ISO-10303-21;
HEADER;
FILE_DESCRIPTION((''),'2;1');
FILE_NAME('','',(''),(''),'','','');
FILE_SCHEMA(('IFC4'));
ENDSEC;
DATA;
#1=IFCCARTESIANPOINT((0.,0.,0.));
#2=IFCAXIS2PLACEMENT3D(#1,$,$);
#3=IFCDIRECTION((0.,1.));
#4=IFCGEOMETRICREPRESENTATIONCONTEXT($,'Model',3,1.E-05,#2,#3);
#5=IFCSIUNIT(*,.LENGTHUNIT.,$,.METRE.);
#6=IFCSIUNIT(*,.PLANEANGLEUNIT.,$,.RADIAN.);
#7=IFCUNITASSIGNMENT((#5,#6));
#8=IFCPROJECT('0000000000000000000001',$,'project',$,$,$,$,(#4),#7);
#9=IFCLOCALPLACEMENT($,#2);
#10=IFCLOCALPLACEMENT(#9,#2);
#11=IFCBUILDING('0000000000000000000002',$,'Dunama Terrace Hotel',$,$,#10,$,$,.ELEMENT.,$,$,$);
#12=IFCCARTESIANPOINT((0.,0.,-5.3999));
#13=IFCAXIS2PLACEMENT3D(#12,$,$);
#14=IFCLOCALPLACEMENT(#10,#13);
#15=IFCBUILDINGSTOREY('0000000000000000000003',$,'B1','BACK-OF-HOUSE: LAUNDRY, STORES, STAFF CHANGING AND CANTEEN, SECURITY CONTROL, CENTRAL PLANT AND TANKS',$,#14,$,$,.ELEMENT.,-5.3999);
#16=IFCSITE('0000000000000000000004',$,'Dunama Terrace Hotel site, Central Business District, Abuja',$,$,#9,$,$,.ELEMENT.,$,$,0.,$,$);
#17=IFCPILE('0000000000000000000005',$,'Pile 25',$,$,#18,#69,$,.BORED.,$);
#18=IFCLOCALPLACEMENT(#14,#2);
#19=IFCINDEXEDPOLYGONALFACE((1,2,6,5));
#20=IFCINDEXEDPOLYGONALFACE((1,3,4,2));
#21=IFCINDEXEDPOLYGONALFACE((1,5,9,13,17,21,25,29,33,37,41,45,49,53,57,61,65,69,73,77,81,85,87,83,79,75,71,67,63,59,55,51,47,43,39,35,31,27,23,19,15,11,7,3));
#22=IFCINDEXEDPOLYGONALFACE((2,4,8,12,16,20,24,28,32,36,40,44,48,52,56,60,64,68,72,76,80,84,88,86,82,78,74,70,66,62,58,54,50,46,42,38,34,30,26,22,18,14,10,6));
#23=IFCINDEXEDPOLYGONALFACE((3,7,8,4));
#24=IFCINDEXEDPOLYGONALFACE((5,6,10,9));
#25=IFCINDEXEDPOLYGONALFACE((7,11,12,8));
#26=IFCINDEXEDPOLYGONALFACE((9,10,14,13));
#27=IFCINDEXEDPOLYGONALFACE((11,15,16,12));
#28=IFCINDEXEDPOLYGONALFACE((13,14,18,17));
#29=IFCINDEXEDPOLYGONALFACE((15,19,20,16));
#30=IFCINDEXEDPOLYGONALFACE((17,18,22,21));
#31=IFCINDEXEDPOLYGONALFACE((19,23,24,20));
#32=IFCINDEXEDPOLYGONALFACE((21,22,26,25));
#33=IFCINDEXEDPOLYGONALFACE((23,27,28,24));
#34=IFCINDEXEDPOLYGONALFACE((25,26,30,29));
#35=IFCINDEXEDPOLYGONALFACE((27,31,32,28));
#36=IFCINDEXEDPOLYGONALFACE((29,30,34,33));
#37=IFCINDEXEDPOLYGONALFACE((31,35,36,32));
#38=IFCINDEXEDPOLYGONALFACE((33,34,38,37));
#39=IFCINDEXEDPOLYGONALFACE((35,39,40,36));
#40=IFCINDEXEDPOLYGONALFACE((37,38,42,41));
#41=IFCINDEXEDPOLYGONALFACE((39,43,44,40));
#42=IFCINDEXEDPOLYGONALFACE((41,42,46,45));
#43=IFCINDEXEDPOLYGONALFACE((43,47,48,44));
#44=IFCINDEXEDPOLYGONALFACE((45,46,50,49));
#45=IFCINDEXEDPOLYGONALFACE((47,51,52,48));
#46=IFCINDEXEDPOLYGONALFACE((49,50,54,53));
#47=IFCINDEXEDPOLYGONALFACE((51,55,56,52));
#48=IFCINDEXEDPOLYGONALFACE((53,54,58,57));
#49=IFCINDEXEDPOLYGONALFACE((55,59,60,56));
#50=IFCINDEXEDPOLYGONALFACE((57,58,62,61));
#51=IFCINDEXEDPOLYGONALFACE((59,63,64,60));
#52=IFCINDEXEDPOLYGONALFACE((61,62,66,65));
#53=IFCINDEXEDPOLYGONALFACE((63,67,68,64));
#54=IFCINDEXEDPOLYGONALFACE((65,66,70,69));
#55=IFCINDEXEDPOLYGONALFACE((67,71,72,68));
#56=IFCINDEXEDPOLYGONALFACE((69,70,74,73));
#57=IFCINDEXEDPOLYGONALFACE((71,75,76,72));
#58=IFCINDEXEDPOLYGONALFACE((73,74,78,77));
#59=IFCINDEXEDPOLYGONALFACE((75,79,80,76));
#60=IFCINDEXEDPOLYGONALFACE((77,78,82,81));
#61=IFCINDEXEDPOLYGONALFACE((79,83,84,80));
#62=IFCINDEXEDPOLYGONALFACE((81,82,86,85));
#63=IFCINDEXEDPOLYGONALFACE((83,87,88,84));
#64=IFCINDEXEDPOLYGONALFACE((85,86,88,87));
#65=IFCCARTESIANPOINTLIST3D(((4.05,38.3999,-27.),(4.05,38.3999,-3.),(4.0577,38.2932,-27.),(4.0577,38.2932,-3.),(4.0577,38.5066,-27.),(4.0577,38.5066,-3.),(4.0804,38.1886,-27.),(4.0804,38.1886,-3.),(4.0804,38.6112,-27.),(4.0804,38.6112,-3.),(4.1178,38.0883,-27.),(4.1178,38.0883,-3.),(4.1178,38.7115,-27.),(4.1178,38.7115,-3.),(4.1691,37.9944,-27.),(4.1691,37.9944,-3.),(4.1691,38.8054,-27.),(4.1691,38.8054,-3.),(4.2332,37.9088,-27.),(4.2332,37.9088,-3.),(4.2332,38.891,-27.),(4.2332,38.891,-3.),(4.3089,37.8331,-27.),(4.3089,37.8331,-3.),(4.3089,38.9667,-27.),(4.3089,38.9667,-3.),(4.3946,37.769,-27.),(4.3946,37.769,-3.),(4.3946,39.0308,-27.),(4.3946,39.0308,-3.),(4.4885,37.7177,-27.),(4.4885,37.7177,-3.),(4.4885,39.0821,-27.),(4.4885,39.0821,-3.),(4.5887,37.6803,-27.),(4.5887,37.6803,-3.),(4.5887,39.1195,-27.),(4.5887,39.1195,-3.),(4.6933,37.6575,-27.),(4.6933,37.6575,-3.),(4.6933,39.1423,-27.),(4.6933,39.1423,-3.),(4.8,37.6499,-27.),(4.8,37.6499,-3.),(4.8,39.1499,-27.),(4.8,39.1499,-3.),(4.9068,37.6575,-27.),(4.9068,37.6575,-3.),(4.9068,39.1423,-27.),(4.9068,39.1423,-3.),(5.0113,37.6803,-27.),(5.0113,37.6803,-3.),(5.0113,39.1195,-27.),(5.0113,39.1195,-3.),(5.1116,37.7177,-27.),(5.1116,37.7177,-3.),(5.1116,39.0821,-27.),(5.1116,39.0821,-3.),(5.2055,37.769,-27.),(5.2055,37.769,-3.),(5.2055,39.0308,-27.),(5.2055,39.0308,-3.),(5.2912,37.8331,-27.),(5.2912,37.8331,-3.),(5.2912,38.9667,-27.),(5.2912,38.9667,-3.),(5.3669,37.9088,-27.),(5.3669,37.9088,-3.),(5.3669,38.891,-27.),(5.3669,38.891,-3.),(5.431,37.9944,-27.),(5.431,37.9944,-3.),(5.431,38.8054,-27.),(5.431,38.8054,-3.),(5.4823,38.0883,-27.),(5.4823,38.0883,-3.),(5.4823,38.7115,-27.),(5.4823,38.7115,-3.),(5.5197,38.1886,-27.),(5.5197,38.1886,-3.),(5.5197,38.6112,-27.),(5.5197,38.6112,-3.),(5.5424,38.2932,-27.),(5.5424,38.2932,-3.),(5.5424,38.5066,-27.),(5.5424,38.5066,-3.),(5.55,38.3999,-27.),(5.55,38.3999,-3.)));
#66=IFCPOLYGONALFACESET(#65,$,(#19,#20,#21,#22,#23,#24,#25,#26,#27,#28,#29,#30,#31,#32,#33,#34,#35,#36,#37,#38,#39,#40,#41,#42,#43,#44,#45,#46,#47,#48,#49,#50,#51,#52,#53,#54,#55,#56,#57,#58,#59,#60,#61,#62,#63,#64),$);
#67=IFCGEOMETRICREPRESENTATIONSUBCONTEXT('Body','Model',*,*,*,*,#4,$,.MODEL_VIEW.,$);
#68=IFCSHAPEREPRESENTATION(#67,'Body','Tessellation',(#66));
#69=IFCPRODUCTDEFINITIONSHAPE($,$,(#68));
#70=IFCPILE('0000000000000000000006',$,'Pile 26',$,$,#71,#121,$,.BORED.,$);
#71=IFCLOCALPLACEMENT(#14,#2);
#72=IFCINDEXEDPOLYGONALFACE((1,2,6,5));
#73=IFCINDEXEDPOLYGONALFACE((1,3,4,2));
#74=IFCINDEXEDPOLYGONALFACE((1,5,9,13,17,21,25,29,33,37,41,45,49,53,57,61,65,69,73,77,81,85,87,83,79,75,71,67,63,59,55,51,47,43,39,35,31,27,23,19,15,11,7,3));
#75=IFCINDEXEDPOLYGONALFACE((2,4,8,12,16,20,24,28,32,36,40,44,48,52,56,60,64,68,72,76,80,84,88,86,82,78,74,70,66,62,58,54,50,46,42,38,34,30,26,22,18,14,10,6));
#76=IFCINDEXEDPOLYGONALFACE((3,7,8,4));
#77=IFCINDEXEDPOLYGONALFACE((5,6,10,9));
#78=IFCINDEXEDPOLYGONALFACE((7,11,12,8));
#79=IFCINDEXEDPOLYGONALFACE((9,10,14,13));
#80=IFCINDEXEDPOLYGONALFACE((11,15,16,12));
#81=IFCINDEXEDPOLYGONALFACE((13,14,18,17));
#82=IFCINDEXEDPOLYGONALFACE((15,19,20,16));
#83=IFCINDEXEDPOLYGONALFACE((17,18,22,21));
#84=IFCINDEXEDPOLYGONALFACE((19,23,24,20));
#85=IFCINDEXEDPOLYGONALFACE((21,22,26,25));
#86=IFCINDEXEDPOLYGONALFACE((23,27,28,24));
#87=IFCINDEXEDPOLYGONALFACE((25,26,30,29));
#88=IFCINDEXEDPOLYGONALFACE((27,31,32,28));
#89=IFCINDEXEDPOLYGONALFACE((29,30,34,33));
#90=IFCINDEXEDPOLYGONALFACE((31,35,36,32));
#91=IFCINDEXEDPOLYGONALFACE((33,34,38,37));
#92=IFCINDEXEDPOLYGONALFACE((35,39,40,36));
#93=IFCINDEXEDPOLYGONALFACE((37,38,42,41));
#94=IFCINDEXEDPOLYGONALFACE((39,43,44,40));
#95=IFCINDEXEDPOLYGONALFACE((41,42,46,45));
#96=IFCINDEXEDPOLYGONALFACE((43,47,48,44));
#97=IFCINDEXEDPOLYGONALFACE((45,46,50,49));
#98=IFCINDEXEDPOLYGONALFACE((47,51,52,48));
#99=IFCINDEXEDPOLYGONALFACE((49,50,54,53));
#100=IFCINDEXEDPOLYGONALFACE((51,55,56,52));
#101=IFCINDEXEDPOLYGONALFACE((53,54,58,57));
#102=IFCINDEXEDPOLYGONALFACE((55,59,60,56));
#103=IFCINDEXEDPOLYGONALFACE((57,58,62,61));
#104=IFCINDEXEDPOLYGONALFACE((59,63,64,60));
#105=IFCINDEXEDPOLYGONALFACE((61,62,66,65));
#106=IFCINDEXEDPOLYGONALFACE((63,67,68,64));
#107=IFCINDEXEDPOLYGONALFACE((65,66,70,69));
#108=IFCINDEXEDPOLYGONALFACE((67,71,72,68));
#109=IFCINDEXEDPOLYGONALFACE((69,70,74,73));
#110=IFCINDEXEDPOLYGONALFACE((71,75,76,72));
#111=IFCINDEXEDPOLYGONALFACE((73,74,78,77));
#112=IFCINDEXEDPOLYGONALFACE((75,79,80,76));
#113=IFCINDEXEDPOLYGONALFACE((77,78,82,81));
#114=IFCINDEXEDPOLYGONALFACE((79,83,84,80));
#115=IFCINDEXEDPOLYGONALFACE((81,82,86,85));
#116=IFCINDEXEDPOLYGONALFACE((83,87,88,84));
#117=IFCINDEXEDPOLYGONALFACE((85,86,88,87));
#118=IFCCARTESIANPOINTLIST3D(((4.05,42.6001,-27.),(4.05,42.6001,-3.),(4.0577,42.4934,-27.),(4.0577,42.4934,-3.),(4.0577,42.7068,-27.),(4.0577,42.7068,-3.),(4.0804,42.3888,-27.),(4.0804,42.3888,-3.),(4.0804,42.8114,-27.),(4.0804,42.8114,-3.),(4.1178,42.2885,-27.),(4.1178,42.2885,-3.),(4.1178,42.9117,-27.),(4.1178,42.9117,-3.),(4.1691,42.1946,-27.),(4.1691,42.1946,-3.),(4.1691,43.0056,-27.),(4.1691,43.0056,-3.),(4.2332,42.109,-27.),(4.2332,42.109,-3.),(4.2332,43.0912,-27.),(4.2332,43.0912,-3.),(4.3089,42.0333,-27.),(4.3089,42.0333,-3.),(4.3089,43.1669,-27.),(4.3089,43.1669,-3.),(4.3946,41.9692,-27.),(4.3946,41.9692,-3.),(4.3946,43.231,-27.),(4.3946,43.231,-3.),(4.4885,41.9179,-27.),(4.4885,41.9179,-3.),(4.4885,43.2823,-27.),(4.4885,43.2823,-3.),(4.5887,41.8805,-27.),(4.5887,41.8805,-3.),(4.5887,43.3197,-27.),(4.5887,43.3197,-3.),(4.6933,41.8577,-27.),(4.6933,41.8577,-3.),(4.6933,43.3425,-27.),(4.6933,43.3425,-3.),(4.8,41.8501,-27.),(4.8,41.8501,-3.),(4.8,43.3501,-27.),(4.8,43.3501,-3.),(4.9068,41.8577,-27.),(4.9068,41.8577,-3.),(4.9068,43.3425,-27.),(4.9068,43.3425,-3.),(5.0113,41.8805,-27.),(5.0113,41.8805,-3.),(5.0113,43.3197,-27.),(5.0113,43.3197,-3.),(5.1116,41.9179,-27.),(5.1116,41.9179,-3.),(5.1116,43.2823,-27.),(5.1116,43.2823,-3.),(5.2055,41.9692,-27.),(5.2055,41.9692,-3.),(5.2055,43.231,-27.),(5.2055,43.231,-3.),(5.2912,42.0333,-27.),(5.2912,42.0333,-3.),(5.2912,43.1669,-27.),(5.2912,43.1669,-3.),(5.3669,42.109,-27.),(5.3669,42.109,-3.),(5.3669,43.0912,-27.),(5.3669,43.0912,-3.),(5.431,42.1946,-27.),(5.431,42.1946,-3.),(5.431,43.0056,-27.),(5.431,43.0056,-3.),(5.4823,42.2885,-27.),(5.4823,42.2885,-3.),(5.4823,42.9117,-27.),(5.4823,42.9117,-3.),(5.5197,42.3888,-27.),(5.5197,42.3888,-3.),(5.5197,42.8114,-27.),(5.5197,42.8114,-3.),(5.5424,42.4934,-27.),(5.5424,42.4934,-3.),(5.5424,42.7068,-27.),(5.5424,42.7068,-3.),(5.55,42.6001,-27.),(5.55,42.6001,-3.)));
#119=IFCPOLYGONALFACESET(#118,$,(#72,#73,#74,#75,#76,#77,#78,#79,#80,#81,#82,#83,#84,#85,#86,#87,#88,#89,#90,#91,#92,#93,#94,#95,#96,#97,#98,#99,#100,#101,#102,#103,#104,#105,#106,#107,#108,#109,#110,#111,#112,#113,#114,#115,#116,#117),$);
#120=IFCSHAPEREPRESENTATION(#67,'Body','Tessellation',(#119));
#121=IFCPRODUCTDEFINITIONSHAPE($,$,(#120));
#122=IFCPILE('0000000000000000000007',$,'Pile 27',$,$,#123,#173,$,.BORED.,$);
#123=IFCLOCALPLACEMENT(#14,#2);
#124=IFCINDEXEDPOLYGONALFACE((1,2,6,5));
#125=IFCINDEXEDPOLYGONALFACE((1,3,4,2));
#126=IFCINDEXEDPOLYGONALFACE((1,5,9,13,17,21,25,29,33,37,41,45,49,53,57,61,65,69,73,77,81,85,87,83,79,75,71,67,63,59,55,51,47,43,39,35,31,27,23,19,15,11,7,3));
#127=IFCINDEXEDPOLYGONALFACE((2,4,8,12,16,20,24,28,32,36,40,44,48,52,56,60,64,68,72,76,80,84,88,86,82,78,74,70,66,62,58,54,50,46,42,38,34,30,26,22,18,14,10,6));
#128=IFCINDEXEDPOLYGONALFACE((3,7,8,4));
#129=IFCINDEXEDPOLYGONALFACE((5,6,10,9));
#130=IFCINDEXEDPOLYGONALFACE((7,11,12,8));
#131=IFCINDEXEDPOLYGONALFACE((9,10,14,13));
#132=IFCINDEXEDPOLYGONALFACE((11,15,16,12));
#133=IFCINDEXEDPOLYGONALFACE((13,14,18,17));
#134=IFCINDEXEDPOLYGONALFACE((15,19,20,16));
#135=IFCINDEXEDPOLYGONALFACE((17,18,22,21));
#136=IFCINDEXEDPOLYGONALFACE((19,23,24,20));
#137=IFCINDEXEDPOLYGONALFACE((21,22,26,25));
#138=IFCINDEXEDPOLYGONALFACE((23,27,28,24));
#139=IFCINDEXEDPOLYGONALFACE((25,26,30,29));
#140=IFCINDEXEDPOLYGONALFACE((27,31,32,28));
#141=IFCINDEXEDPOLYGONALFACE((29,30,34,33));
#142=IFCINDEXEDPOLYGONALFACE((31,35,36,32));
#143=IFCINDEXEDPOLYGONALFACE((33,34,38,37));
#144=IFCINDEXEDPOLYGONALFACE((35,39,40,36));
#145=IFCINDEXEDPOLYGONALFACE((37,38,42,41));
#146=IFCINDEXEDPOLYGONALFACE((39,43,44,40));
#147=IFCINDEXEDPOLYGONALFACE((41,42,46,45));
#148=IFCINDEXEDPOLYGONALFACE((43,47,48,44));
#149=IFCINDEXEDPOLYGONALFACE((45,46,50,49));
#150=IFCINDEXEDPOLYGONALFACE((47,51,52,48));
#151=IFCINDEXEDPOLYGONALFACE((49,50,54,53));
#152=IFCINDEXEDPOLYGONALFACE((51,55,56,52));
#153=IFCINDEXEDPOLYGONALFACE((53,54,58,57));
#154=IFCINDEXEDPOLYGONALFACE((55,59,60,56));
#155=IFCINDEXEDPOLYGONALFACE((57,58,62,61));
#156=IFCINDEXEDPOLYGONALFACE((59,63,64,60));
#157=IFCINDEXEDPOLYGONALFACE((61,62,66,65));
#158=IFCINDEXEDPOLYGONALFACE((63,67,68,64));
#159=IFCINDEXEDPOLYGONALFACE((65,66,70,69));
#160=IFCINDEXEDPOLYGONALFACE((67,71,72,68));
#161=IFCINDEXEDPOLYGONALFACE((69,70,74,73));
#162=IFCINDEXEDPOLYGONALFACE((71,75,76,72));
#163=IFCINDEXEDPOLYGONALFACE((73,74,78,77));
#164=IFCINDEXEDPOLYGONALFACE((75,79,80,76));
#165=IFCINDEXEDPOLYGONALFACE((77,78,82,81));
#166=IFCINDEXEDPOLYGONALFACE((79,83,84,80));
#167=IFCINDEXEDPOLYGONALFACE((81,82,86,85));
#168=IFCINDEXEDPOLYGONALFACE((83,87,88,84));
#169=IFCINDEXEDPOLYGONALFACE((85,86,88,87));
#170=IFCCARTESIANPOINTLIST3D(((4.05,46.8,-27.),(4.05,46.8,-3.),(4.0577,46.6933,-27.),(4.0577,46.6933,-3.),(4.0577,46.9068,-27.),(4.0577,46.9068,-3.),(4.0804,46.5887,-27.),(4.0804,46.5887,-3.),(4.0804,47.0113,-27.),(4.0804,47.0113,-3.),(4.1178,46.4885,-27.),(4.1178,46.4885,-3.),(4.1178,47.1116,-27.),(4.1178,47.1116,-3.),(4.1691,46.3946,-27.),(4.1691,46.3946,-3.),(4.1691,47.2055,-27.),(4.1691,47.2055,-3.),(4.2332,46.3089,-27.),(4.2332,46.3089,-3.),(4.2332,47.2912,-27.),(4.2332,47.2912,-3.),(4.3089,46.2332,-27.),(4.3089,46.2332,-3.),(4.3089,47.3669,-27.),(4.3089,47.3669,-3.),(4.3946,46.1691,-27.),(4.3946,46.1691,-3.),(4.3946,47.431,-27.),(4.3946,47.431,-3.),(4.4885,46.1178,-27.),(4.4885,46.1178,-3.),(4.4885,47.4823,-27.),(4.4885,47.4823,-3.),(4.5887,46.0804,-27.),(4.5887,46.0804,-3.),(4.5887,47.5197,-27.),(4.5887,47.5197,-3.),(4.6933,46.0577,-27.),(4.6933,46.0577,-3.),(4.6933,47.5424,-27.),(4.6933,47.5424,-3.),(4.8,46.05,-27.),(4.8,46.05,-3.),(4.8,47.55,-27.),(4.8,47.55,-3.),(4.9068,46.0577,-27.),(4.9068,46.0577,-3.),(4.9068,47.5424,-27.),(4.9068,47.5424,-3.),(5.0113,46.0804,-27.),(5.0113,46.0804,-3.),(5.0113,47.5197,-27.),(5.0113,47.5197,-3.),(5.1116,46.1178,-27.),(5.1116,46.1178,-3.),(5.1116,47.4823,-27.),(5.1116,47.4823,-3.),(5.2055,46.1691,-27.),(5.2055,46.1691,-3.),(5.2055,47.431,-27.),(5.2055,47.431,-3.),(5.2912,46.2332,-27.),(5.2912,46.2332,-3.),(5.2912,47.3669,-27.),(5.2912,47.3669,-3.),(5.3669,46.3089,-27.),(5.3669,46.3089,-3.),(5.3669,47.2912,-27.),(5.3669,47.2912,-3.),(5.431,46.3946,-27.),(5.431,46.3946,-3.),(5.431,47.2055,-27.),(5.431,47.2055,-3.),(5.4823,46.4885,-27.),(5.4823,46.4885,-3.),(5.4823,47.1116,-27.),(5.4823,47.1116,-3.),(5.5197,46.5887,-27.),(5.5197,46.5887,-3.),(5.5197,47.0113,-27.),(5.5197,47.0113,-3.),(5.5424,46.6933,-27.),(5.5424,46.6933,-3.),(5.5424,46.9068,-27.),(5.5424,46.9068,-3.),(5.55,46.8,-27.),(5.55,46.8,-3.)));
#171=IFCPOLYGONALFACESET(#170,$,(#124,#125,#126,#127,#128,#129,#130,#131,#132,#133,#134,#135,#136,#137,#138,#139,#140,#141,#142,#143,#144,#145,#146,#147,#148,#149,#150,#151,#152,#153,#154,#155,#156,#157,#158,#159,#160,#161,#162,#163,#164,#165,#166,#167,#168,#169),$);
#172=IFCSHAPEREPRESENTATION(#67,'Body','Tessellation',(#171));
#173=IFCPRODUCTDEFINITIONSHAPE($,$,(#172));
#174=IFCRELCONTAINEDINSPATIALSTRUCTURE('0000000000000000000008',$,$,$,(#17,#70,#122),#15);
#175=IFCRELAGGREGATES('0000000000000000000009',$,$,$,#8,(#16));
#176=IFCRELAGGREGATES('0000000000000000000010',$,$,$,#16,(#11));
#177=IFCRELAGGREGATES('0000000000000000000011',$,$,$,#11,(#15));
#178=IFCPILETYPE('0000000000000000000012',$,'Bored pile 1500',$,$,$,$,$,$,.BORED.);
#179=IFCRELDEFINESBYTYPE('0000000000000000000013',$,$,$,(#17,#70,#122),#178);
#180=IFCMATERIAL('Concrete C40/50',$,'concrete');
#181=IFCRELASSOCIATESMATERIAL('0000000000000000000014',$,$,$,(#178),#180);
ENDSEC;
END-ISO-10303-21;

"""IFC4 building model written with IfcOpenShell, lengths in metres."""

from ifc_helpers import new_model, si_unit, direction, frame, origin, origin_2d, place, context, subcontext, project, spatial, circle, extrude, material, material_profile, profile_set, type_object, element, save


model = new_model("IFC4")

# Units and contexts
model_context = context("Model", 3, precision=1e-05, world=origin(), true_north=direction((0.0, 1.0)))
body_context = subcontext(model_context, "Body", "Model", "MODEL_VIEW")
ifc_project = project(units=[si_unit("LENGTHUNIT", "METRE"), si_unit("PLANEANGLEUNIT", "RADIAN")], contexts=[model_context])

# Site, building, storey
site_placement = place(None, origin())
site = spatial("IfcSite", under=ifc_project, at=site_placement, Name="Dunama Terrace Hotel site, Central Business District, Abuja", CompositionType="ELEMENT", RefElevation=0.0)
building_placement = place(site_placement, origin())
building = spatial("IfcBuilding", under=site, at=building_placement, Name="Dunama Terrace Hotel", CompositionType="ELEMENT")
storey_placement = place(building_placement, frame((0.0, 0.0, -5.3999)))
storey = spatial("IfcBuildingStorey", under=building, at=storey_placement, Name="B1", Description="BACK-OF-HOUSE: LAUNDRY, STORES, STAFF CHANGING AND CANTEEN, SECURITY CONTROL, CENTRAL PLANT AND TANKS", CompositionType="ELEMENT", Elevation=-5.3999)

# Piles
ifc_material_1 = material(Name="Concrete C40/50", Category="concrete")
ifc_material_profile_1 = material_profile(ifc_material_1, circle(Radius=0.75, at=origin_2d()), Name="PILE D1500")
ifc_profile_set_1 = profile_set([ifc_material_profile_1], Name="Concrete C40/50")
pile_type = type_object("IfcPileType", Name="Bored pile 1500", PredefinedType="BORED", material=ifc_profile_set_1)
for number, where, z_axis, x_axis, name in (
    (1, (4.8, 38.3999, -3.0), (0.0, 0.0, -1.0), (1.0, 0.0, 0.0), "Pile 25"),
    (2, (4.8, 42.6001, -3.0), (0.0, 0.0, -1.0), (1.0, 0.0, 0.0), "Pile 26"),
    (3, (4.8, 46.8, -3.0), (0.0, 0.0, -1.0), (1.0, 0.0, 0.0), "Pile 27"),
):
    element("IfcPile", number, at=place(storey_placement, frame(where, z_axis=z_axis, x_axis=x_axis)), inside=storey, type_object=pile_type, Name=name, PredefinedType="BORED", context=body_context, shape_type="SweptSolid", body=[
        extrude(circle(Radius=0.75, at=origin_2d()), origin(), (0.0, 0.0, 1.0), 24.0),
    ])

save(model, "model.ifc")
